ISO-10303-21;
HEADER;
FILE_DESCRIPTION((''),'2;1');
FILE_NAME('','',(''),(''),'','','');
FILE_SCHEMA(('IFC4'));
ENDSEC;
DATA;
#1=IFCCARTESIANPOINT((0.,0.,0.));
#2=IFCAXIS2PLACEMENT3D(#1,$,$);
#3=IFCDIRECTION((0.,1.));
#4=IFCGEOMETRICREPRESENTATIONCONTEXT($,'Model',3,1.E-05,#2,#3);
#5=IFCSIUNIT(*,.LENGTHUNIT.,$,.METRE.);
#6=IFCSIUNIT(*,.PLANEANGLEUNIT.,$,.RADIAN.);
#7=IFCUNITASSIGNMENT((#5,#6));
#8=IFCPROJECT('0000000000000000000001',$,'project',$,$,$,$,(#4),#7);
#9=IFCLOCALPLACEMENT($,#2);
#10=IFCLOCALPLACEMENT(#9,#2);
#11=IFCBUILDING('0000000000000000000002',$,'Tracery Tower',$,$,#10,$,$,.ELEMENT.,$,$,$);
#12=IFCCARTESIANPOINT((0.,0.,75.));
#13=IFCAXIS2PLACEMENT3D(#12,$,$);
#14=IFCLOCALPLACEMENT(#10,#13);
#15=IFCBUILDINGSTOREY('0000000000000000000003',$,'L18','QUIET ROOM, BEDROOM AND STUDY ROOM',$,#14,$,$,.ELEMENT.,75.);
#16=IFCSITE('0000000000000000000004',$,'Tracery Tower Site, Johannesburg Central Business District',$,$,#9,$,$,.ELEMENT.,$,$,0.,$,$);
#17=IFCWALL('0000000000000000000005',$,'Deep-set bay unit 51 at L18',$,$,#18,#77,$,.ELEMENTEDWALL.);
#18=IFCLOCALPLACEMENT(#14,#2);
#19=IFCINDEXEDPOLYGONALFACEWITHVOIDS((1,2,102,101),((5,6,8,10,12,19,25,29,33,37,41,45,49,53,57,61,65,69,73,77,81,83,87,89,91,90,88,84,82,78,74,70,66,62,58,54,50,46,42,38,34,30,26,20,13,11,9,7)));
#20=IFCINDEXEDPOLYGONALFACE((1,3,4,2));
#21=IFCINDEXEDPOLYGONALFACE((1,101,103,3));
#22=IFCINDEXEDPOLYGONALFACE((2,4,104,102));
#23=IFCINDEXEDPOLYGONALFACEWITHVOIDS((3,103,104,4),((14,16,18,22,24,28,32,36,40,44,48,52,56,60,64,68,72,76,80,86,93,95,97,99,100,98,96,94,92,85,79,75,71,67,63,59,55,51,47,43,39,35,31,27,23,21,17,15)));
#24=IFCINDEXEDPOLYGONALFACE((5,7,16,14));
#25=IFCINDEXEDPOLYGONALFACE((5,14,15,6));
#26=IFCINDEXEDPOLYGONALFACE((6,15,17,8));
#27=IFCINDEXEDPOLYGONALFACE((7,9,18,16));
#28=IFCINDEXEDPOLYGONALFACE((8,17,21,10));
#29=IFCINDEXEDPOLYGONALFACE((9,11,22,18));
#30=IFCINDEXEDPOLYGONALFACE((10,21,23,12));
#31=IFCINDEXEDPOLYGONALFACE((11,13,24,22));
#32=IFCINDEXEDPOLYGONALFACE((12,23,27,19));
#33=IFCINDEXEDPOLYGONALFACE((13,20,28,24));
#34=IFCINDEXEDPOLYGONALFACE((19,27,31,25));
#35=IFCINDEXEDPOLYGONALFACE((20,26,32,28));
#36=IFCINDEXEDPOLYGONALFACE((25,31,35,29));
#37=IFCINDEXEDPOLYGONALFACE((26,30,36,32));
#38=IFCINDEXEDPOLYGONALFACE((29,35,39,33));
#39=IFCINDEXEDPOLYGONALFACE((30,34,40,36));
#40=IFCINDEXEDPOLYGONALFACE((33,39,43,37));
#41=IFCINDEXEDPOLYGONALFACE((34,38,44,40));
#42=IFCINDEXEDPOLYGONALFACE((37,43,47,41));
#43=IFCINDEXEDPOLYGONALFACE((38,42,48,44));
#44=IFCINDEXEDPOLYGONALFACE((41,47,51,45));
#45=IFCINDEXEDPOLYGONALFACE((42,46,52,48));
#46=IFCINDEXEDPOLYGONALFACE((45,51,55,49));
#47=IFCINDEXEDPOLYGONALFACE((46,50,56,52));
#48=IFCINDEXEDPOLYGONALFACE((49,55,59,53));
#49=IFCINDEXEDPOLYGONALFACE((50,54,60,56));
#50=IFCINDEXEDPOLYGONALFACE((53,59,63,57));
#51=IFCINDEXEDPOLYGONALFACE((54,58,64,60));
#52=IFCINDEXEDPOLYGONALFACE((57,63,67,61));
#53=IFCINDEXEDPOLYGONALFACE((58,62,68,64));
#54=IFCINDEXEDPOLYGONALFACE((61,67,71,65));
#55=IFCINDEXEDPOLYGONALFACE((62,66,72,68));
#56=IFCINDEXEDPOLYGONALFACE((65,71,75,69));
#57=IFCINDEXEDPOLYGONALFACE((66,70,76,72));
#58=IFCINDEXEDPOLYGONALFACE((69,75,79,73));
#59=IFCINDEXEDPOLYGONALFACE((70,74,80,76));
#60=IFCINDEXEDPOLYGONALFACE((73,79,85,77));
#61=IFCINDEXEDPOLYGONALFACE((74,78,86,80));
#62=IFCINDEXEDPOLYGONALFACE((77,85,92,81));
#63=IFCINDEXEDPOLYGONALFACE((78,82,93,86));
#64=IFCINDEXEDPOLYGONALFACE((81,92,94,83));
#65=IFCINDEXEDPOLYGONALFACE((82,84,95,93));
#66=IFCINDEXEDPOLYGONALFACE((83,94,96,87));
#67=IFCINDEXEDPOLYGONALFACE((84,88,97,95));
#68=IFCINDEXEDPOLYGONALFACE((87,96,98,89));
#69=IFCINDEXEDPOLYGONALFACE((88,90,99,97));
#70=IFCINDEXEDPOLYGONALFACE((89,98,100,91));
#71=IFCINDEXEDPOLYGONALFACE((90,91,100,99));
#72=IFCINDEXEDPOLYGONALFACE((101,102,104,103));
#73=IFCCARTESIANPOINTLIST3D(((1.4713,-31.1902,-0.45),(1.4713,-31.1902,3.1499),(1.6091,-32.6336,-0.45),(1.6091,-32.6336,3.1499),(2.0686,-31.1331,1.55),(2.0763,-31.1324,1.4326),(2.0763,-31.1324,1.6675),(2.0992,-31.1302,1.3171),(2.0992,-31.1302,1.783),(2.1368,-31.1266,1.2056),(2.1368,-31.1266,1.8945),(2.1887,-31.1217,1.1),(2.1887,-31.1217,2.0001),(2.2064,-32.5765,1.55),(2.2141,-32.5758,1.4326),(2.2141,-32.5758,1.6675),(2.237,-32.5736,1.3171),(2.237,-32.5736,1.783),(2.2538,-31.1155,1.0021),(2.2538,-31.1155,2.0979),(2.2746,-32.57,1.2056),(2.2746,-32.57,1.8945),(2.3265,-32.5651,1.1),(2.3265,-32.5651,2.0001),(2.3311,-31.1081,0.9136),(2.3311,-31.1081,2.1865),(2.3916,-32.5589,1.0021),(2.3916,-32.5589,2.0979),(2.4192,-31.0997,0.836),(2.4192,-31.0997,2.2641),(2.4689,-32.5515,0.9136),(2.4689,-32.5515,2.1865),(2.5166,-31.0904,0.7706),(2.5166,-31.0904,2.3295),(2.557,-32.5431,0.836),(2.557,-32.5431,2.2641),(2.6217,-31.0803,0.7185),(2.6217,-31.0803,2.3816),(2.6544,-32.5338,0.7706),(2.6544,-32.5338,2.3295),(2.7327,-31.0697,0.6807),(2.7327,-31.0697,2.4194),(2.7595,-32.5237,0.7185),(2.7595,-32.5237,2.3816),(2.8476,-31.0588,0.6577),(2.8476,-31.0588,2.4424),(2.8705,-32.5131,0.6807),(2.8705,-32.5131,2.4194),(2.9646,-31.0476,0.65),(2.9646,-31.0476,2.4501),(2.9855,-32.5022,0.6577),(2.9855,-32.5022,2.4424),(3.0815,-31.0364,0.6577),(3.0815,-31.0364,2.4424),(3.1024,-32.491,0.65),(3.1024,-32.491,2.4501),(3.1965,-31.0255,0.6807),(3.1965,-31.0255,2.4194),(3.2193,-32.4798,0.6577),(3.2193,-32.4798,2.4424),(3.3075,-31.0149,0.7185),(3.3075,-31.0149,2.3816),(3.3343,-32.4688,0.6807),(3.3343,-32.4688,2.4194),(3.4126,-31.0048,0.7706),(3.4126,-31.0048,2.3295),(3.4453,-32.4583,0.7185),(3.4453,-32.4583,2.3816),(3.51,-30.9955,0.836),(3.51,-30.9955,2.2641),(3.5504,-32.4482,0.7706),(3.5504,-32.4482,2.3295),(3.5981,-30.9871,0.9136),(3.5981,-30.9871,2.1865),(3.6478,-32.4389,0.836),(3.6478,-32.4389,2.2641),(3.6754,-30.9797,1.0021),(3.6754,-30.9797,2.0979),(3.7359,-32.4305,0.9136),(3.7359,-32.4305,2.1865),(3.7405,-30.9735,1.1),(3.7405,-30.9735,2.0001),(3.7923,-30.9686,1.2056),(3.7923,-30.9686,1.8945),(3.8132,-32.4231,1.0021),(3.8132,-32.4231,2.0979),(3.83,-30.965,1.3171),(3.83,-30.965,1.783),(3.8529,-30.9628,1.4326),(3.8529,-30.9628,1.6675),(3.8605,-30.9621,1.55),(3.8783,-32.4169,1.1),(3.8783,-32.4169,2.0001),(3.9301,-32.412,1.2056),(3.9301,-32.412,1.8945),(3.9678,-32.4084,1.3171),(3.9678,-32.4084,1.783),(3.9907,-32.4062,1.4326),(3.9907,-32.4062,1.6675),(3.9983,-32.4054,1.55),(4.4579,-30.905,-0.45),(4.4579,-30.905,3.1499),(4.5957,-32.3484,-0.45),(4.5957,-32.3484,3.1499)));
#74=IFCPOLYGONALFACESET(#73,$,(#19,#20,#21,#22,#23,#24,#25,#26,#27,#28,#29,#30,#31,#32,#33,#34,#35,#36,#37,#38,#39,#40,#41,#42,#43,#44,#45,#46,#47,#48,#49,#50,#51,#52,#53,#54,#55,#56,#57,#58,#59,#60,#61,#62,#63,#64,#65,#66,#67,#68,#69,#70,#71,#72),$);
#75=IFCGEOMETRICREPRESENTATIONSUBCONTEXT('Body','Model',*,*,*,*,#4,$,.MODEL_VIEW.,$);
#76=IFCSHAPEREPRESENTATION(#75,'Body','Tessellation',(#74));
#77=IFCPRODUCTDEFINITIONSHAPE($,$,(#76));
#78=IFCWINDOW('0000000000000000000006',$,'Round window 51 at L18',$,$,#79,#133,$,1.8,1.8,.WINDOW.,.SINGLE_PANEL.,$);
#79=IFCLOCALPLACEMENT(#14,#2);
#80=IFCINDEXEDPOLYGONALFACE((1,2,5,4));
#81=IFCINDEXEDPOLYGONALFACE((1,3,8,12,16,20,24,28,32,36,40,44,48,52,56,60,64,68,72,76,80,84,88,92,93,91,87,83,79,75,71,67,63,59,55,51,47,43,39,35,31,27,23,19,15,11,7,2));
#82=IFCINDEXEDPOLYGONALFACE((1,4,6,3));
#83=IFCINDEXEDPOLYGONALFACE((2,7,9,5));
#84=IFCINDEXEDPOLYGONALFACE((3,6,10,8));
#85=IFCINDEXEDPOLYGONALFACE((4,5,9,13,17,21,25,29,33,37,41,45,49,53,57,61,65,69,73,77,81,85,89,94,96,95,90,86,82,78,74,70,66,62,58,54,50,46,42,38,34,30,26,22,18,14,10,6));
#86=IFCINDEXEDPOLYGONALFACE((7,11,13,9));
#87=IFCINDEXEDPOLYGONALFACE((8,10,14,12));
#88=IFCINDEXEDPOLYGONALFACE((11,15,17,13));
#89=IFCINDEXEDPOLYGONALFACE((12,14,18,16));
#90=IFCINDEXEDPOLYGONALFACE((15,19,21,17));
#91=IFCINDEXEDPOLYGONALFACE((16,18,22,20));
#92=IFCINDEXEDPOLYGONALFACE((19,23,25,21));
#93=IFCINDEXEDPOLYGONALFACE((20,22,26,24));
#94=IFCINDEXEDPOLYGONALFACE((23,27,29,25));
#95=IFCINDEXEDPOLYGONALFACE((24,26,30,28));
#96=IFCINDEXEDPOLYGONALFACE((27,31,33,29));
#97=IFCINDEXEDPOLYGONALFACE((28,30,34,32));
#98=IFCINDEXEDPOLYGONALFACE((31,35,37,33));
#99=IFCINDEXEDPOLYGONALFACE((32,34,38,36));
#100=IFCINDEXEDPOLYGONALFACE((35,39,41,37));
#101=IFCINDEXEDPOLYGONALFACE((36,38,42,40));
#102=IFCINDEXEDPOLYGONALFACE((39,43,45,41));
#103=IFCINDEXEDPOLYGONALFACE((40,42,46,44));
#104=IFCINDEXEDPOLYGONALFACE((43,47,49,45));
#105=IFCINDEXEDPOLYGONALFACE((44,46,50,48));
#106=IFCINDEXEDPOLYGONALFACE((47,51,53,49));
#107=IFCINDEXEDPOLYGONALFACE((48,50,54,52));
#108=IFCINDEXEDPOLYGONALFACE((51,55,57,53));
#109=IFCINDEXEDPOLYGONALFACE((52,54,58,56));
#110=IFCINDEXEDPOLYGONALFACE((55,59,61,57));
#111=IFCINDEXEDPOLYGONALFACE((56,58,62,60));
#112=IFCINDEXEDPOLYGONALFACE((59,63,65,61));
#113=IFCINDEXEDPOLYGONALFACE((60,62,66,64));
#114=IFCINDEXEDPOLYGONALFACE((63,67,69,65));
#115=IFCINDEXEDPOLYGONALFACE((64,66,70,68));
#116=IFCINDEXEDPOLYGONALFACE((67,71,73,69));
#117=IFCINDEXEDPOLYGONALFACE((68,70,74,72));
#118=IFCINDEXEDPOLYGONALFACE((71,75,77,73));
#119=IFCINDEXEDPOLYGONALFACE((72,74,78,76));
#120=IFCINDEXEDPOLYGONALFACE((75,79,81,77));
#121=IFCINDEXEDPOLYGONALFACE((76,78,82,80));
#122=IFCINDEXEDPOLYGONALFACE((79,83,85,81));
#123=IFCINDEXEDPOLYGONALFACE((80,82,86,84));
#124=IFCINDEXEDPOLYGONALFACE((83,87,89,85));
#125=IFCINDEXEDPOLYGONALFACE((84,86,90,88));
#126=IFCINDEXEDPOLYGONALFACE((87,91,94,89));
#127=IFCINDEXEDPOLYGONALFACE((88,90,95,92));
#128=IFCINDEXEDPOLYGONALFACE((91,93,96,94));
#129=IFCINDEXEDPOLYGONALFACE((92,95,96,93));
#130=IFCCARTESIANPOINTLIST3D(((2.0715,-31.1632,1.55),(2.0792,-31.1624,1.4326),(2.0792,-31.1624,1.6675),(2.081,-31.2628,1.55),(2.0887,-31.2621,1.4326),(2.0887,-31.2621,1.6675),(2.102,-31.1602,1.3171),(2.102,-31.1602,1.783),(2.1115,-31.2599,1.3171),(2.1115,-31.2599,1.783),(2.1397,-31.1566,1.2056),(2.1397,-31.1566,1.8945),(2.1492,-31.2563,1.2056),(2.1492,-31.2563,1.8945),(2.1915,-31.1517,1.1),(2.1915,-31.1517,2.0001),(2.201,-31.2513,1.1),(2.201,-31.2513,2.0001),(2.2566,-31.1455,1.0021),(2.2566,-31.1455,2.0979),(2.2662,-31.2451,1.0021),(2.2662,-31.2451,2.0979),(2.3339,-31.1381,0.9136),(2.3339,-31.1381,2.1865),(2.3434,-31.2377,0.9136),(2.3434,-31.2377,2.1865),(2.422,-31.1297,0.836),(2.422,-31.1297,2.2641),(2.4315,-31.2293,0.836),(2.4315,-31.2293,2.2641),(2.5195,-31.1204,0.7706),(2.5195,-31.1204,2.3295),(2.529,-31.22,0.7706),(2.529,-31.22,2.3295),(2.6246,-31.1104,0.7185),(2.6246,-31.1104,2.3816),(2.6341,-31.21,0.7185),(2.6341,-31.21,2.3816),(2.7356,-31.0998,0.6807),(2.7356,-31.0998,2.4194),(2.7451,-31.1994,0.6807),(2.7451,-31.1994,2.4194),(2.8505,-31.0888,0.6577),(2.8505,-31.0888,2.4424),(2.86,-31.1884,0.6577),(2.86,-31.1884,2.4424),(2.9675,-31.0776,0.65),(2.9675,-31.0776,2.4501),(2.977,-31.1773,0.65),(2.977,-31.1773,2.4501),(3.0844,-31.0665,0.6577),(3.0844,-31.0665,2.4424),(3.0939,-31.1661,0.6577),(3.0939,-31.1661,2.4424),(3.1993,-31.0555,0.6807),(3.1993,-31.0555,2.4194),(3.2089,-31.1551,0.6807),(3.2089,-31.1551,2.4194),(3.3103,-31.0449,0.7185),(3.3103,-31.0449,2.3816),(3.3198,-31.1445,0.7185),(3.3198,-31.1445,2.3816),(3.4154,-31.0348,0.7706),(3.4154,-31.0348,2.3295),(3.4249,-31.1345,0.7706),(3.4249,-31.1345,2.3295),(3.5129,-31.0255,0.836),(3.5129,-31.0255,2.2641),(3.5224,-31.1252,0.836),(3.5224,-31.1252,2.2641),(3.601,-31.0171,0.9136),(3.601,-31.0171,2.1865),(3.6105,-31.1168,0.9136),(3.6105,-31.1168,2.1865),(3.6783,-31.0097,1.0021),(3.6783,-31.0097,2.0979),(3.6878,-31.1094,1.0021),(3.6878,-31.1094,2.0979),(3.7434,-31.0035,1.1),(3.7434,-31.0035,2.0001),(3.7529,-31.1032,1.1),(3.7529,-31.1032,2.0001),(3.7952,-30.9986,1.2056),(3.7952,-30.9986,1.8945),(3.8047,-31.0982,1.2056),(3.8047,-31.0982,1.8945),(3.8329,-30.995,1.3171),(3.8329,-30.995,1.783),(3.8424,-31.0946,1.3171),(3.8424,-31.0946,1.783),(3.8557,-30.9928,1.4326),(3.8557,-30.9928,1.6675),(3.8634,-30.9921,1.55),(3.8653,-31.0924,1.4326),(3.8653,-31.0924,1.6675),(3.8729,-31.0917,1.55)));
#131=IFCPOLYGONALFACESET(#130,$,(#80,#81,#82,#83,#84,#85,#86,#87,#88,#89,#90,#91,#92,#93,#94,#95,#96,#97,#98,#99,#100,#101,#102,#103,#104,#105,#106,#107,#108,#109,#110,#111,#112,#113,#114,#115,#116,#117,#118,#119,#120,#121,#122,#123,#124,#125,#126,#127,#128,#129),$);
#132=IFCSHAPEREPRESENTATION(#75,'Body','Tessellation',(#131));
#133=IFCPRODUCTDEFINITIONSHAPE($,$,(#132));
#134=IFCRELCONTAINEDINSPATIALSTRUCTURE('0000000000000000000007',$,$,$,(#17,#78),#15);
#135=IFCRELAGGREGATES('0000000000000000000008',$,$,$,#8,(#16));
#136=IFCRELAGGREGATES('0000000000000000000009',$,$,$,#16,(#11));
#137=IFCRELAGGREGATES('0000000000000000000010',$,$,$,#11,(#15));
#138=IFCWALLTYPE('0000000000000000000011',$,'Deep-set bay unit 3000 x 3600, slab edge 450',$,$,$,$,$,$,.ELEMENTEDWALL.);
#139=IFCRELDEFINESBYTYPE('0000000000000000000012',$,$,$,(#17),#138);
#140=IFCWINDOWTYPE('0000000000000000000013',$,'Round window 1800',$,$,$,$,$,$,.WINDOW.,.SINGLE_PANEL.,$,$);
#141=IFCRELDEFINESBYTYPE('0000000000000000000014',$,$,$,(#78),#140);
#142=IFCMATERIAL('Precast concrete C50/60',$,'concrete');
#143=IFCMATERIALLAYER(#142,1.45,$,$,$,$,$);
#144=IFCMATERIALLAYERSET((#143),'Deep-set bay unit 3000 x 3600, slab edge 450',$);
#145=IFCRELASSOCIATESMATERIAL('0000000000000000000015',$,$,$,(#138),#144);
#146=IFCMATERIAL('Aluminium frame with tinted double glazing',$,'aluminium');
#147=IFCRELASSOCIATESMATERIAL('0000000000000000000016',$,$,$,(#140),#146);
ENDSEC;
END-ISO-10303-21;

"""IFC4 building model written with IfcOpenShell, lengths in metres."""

from ifc_helpers import new_model, si_unit, direction, frame, frame_2d, origin, origin_2d, place, context, subcontext, project, spatial, rectangle, circle, extrude, material, layer, layer_set, type_object, element, fill, save


model = new_model("IFC4")

# Units and contexts
model_context = context("Model", 3, precision=1e-05, world=origin(), true_north=direction((0.0, 1.0)))
body_context = subcontext(model_context, "Body", "Model", "MODEL_VIEW")
ifc_project = project(units=[si_unit("LENGTHUNIT", "METRE"), si_unit("PLANEANGLEUNIT", "RADIAN")], contexts=[model_context])

# Site, building, storey
site_placement = place(None, origin())
site = spatial("IfcSite", under=ifc_project, at=site_placement, Name="Tracery Tower Site, Johannesburg Central Business District", CompositionType="ELEMENT", RefElevation=0.0)
building_placement = place(site_placement, origin())
building = spatial("IfcBuilding", under=site, at=building_placement, Name="Tracery Tower", CompositionType="ELEMENT")
storey_placement = place(building_placement, frame((0.0, 0.0, 75.0)))
storey = spatial("IfcBuildingStorey", under=building, at=storey_placement, Name="L18", Description="QUIET ROOM, BEDROOM AND STUDY ROOM", CompositionType="ELEMENT", Elevation=75.0)

# Wall, opening, window
ifc_material_1 = material(Name="Precast concrete C50/60", Category="concrete")
ifc_layer_1 = layer(ifc_material_1, 1.45)
ifc_layer_set_1 = layer_set([ifc_layer_1], Name="Deep-set bay unit 3000 x 3600, slab edge 450")
wall_type_1 = type_object("IfcWallType", Name="Deep-set bay unit 3000 x 3600, slab edge 450", PredefinedType="ELEMENTEDWALL", material=ifc_layer_set_1)
ifc_material_2 = material(Name="Aluminium frame with tinted double glazing", Category="aluminium")
window_type = type_object("IfcWindowType", Name="Round window 1800", PartitioningType="SINGLE_PANEL", PredefinedType="WINDOW", material=ifc_material_2)
wall_1_placement = place(storey_placement, frame((1.5403, -31.9119, -0.45), z_axis=(0.0, 0.0, 1.0), x_axis=(0.995473, 0.095047, 0.0)))
wall_1 = element("IfcWall", 1, at=wall_1_placement, inside=storey, type_object=wall_type_1, Name="Deep-set bay unit 51 at L18", PredefinedType="ELEMENTEDWALL", context=body_context, shape_type="SweptSolid", body=[
    extrude(rectangle(XDim=3.0002, YDim=1.45, at=frame_2d((1.5, 0.0))), origin(), (0.0, 0.0, 1.0), 3.5999),
])
opening_1_placement = place(wall_1_placement, frame((1.5, 0.0, 2.0)))
opening_1 = element("IfcOpeningElement", 2, at=opening_1_placement, cuts=wall_1, PredefinedType="OPENING", context=body_context, shape_type="SweptSolid", body=[
    extrude(circle(Radius=0.9, at=origin_2d()), frame((0.0, 0.7349, 0.0), z_axis=(0.0, -1.0, 0.0), x_axis=(1.0, 0.0, 0.0)), (0.0, 0.0, 1.0), 1.47),
])
window_1_placement = place(opening_1_placement, origin())
window_1 = element("IfcWindow", 3, at=window_1_placement, inside=storey, type_object=window_type, Name="Round window 51 at L18", OverallHeight=1.8, OverallWidth=1.8, PartitioningType="SINGLE_PANEL", PredefinedType="WINDOW", context=body_context, shape_type="SweptSolid", body=[
    extrude(circle(Radius=0.9, at=origin_2d()), frame((0.0, 0.6948, 0.0), z_axis=(0.0, -1.0, 0.0), x_axis=(1.0, 0.0, 0.0)), (0.0, 0.0, 1.0), 0.1001),
])
fill(opening_1, window_1)

save(model, "model.ifc")
